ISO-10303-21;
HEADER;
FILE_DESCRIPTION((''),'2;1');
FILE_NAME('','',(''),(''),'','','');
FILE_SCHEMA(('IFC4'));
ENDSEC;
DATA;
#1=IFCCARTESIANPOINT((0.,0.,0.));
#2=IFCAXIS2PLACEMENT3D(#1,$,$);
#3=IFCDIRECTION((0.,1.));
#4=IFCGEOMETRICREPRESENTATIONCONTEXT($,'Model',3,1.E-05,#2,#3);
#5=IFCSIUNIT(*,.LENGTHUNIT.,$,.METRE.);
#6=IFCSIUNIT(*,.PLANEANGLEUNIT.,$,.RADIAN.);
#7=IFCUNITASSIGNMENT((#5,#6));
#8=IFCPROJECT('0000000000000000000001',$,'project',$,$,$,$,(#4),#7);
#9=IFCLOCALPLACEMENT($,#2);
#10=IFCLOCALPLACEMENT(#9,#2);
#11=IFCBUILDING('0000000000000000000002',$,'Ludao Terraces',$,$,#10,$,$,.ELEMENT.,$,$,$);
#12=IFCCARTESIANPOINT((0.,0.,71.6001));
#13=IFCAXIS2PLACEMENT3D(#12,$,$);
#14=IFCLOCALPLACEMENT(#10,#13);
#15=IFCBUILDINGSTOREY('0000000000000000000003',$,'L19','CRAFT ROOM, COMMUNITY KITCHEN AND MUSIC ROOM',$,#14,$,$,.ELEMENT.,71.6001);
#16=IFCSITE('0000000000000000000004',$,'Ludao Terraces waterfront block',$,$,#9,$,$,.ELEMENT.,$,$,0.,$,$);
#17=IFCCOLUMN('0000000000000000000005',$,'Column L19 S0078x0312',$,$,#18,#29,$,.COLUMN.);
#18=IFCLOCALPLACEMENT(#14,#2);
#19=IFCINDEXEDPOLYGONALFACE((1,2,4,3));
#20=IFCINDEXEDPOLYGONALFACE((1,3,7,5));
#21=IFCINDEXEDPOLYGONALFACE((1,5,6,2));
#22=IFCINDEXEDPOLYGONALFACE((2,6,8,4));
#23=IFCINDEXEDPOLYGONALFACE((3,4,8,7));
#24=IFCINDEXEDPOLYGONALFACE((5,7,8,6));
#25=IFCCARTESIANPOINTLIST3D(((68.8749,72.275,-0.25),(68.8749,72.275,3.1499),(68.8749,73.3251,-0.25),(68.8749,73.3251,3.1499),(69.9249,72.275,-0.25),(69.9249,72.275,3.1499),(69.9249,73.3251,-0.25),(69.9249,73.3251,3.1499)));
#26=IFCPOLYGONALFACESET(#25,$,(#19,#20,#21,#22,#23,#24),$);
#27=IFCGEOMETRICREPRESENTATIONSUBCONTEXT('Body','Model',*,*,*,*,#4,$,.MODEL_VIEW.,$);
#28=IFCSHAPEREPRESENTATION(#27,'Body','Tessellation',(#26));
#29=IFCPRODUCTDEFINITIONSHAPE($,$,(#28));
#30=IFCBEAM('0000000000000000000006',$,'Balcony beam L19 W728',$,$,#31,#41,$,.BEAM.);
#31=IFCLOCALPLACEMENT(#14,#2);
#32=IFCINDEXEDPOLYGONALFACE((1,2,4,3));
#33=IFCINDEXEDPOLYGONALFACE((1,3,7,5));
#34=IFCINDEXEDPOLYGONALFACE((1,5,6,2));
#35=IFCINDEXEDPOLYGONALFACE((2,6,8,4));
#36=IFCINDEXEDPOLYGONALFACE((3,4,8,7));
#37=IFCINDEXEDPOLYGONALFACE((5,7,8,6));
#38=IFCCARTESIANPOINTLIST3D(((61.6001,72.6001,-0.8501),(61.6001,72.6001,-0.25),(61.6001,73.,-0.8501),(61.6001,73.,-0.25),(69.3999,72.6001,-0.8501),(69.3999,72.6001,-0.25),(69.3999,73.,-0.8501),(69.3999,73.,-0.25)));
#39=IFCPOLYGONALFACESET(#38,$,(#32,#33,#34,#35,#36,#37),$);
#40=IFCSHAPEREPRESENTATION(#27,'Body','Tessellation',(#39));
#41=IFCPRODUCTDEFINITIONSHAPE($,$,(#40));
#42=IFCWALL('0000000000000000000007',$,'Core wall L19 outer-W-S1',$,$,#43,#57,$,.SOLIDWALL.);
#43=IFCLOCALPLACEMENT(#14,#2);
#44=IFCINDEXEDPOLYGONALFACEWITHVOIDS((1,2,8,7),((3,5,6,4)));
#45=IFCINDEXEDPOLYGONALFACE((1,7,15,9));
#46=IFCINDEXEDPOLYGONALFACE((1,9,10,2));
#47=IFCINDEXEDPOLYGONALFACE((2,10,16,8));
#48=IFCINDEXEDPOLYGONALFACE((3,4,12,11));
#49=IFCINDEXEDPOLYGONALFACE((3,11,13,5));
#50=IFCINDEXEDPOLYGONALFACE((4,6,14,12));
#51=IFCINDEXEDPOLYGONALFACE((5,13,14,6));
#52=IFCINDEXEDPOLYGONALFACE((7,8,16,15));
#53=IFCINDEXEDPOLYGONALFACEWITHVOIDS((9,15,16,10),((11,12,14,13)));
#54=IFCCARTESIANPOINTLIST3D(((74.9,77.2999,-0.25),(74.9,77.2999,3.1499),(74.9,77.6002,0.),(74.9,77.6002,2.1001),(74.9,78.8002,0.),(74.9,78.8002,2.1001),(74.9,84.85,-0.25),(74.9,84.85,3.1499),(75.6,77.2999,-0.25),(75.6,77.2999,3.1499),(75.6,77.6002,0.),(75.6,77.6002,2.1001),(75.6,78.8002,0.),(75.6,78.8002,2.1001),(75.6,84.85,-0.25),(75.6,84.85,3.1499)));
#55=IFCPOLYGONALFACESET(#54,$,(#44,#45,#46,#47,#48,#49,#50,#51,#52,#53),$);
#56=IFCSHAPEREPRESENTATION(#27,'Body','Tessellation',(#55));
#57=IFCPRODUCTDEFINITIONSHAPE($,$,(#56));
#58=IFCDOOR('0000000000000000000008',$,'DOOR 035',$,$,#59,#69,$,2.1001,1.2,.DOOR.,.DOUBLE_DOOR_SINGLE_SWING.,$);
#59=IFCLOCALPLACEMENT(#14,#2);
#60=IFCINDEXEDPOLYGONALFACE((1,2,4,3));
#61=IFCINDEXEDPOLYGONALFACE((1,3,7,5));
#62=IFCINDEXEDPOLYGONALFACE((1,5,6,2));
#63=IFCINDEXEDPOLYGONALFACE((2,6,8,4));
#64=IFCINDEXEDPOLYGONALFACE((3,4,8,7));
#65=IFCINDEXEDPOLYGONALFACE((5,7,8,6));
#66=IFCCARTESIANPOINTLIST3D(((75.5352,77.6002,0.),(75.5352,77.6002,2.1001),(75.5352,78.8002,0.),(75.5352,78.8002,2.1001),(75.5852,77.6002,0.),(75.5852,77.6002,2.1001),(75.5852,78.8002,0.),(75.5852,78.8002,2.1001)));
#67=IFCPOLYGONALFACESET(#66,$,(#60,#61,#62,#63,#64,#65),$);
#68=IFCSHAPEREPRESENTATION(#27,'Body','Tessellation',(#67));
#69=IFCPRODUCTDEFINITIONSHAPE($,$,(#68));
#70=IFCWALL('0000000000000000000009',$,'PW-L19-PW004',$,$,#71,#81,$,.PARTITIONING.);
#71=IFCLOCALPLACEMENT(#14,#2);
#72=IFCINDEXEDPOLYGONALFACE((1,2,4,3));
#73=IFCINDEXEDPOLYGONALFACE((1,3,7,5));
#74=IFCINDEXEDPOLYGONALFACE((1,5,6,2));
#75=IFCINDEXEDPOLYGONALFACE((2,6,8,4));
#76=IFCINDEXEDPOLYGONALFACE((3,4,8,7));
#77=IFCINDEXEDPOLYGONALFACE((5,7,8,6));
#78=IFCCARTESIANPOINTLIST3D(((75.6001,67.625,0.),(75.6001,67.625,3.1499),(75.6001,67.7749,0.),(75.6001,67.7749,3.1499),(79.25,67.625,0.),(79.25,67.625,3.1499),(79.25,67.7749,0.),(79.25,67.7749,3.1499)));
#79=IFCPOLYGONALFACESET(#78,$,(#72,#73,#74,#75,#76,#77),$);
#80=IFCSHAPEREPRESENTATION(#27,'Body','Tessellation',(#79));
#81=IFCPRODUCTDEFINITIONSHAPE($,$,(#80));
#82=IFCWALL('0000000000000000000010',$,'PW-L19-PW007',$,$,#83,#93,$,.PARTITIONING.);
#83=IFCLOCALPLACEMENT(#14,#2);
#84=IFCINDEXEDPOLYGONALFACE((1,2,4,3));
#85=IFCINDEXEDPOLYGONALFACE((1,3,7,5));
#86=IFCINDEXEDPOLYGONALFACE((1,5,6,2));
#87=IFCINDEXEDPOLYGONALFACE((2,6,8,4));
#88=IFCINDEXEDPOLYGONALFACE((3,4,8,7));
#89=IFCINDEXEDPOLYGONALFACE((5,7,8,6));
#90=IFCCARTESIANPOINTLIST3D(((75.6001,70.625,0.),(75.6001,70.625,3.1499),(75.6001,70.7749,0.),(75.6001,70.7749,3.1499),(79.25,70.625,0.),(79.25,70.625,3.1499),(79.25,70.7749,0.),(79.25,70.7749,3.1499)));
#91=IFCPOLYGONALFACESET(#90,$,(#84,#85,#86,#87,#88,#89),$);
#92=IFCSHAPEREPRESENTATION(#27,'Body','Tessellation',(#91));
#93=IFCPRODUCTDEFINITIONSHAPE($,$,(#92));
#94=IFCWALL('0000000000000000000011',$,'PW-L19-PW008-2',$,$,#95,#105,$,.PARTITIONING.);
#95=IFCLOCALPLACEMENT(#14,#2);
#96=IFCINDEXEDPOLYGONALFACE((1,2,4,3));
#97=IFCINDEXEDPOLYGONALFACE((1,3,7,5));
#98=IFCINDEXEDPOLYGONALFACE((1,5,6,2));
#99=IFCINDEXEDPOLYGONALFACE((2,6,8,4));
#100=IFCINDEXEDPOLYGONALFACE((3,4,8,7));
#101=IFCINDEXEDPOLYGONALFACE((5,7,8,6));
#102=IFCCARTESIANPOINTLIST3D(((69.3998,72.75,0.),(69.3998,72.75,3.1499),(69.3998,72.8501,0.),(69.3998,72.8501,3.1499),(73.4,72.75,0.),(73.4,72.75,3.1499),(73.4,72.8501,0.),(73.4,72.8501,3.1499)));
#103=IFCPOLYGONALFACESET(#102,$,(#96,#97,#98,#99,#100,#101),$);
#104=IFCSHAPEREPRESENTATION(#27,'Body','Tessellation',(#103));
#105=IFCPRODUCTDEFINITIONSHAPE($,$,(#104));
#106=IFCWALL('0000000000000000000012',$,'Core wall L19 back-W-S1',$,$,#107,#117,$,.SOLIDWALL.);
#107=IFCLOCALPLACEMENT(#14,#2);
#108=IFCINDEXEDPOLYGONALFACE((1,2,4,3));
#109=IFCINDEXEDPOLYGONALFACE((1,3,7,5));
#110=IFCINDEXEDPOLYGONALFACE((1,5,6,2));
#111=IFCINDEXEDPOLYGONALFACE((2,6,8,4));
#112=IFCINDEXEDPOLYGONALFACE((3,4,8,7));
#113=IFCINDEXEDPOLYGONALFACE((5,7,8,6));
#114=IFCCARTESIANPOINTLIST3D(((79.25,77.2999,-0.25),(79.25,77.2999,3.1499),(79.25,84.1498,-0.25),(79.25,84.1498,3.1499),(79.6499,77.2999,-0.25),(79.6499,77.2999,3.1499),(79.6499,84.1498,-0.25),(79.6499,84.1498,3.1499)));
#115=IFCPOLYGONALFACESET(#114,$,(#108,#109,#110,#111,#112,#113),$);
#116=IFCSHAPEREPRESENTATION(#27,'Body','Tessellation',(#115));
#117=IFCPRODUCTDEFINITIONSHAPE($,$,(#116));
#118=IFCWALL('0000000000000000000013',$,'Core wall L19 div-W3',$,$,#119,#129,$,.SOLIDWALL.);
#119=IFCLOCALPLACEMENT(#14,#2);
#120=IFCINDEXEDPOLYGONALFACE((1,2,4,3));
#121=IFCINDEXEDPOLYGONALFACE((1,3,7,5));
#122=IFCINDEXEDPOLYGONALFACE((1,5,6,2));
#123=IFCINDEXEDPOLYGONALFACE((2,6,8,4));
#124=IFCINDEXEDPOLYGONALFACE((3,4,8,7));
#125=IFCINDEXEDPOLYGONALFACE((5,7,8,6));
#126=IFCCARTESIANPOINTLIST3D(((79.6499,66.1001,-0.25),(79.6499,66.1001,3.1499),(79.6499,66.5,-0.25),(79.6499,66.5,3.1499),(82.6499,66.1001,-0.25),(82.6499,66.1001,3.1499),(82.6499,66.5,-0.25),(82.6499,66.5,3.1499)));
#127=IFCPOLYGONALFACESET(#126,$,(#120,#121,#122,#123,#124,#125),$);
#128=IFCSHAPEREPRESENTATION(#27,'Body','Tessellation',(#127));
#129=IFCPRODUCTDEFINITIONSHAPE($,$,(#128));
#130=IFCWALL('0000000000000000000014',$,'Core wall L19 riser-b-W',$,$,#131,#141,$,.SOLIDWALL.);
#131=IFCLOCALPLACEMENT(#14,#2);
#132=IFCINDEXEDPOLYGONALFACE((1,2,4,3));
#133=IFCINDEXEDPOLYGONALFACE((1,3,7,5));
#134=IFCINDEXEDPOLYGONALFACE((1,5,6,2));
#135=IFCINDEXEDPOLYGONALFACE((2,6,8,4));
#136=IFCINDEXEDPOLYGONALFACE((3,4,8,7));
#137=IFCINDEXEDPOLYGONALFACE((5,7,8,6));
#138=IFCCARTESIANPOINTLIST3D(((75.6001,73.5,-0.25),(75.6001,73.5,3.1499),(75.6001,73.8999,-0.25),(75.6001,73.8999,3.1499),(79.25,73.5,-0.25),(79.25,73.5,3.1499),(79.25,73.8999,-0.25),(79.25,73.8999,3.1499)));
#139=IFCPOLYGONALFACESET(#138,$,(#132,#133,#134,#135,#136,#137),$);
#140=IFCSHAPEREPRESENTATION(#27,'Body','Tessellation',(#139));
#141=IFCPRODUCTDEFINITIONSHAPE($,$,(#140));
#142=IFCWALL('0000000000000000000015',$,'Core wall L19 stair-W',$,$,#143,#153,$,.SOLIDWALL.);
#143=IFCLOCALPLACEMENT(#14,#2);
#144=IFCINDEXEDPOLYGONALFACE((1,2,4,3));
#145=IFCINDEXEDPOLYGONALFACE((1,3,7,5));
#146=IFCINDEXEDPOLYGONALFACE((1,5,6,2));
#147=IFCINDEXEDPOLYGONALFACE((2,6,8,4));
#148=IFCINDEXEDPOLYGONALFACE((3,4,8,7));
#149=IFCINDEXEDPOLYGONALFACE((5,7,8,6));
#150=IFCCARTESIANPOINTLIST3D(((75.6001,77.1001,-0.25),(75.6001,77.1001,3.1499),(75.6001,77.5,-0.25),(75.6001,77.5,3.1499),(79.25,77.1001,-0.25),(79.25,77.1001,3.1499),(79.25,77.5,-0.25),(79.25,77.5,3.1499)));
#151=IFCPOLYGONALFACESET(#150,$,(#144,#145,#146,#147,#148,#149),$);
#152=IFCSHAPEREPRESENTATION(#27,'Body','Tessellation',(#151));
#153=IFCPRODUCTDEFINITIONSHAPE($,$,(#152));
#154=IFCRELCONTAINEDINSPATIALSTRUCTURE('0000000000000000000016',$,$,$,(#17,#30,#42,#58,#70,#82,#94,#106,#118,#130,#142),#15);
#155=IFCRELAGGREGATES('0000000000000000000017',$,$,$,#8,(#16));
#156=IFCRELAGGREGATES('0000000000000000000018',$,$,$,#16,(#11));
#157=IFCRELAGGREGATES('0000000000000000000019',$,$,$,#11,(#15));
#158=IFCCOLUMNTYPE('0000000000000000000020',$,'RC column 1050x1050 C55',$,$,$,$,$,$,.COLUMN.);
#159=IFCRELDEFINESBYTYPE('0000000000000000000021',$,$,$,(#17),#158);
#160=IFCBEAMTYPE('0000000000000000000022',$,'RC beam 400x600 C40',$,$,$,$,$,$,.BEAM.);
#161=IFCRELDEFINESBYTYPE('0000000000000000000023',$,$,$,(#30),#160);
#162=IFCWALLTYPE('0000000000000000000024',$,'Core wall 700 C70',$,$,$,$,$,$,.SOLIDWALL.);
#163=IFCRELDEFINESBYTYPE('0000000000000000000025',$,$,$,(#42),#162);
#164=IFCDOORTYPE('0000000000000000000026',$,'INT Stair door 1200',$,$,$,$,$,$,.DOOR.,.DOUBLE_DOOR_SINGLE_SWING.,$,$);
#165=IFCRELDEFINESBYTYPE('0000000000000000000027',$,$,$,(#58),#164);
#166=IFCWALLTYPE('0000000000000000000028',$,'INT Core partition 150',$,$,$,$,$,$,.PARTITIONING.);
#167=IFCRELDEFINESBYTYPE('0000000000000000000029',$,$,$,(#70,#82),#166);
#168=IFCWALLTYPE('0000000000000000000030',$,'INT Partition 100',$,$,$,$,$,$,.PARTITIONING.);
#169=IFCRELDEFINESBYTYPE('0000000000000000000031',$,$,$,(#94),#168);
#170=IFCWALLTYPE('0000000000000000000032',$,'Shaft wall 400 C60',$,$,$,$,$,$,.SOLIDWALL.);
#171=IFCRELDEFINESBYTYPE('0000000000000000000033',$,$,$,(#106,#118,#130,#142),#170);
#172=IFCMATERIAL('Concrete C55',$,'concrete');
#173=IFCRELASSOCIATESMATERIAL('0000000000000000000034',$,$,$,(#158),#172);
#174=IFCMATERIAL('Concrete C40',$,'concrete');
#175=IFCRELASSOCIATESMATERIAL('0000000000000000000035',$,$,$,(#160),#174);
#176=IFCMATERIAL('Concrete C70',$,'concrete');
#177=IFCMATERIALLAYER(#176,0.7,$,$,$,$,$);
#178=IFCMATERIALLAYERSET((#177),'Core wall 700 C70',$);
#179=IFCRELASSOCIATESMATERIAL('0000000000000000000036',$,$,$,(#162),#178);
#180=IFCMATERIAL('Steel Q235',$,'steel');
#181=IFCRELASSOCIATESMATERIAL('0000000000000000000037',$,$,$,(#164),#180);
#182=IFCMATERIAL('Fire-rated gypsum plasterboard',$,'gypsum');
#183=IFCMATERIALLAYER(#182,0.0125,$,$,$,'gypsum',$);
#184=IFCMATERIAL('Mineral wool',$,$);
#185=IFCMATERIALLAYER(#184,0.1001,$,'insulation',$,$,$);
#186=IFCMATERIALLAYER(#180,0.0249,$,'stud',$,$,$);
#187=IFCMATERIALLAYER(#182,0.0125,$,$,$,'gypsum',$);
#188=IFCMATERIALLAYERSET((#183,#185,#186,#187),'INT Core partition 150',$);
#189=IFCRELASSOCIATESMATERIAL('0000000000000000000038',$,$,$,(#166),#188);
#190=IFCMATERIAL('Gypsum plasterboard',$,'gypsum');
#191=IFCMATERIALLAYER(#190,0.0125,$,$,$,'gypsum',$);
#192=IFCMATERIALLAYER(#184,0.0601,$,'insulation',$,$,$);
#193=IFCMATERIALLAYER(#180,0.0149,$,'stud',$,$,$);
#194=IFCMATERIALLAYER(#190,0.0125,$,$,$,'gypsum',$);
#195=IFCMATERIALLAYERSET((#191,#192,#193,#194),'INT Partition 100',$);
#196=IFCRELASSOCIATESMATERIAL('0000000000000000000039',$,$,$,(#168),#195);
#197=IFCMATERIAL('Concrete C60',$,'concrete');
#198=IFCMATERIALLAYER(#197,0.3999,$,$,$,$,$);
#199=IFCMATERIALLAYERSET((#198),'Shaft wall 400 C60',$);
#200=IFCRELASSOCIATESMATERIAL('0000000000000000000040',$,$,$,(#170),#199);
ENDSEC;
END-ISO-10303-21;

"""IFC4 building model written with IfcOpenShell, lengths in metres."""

from ifc_helpers import new_model, si_unit, direction, frame, frame_2d, origin, origin_2d, place, context, subcontext, project, spatial, rectangle, extrude, material, layer, layer_set, material_profile, profile_set, type_object, element, fill, save


model = new_model("IFC4")

# Units and contexts
model_context = context("Model", 3, precision=1e-05, world=origin(), true_north=direction((0.0, 1.0)))
body_context = subcontext(model_context, "Body", "Model", "MODEL_VIEW")
ifc_project = project(units=[si_unit("LENGTHUNIT", "METRE"), si_unit("PLANEANGLEUNIT", "RADIAN")], contexts=[model_context])

# Site, building, storey
site_placement = place(None, origin())
site = spatial("IfcSite", under=ifc_project, at=site_placement, Name="Ludao Terraces waterfront block", CompositionType="ELEMENT", RefElevation=0.0)
building_placement = place(site_placement, origin())
building = spatial("IfcBuilding", under=site, at=building_placement, Name="Ludao Terraces", CompositionType="ELEMENT")
storey_placement = place(building_placement, frame((0.0, 0.0, 71.6001)))
storey = spatial("IfcBuildingStorey", under=building, at=storey_placement, Name="L19", Description="CRAFT ROOM, COMMUNITY KITCHEN AND MUSIC ROOM", CompositionType="ELEMENT", Elevation=71.6001)

# Column
ifc_material_1 = material(Name="Concrete C55", Category="concrete")
ifc_material_profile_1 = material_profile(ifc_material_1, rectangle(XDim=1.05, YDim=1.05, at=origin_2d()), Name="1050 X 1050")
ifc_profile_set_1 = profile_set([ifc_material_profile_1], Name="Concrete C55")
column_type = type_object("IfcColumnType", Name="RC column 1050x1050 C55", PredefinedType="COLUMN", material=ifc_profile_set_1)
column_placement = place(storey_placement, frame((69.3999, 72.8, -0.25), z_axis=(0.0, 0.0, 1.0), x_axis=(1.0, 0.0, 0.0)))
element("IfcColumn", 1, at=column_placement, inside=storey, type_object=column_type, Name="Column L19 S0078x0312", PredefinedType="COLUMN", context=body_context, shape_type="SweptSolid", body=[
    extrude(rectangle(XDim=1.05, YDim=1.05, at=origin_2d()), origin(), (0.0, 0.0, 1.0), 3.3999),
])

# Beam
ifc_material_2 = material(Name="Concrete C40", Category="concrete")
ifc_material_profile_2 = material_profile(ifc_material_2, rectangle(XDim=0.3999, YDim=0.6001, at=origin_2d()), Name="400 X 600")
ifc_profile_set_2 = profile_set([ifc_material_profile_2], Name="Concrete C40")
beam_type = type_object("IfcBeamType", Name="RC beam 400x600 C40", PredefinedType="BEAM", material=ifc_profile_set_2)
beam_placement = place(storey_placement, frame((69.3999, 72.8, -0.55), z_axis=(-1.0, 0.0, 0.0), x_axis=(0.0, -1.0, 0.0)))
element("IfcBeam", 2, at=beam_placement, inside=storey, type_object=beam_type, Name="Balcony beam L19 W728", PredefinedType="BEAM", context=body_context, shape_type="SweptSolid", body=[
    extrude(rectangle(XDim=0.3999, YDim=0.6001, at=origin_2d()), origin(), (0.0, 0.0, 1.0), 7.7998),
])

# Wall, opening, door
ifc_material_3 = material(Name="Concrete C70", Category="concrete")
ifc_layer_1 = layer(ifc_material_3, 0.7)
ifc_layer_set_1 = layer_set([ifc_layer_1], Name="Core wall 700 C70")
wall_type_1 = type_object("IfcWallType", Name="Core wall 700 C70", PredefinedType="SOLIDWALL", material=ifc_layer_set_1)
wall_1_placement = place(storey_placement, frame((75.25, 77.3, -0.25), z_axis=(0.0, 0.0, 1.0), x_axis=(0.0, 1.0, 0.0)))
wall_1 = element("IfcWall", 3, at=wall_1_placement, inside=storey, type_object=wall_type_1, Name="Core wall L19 outer-W-S1", PredefinedType="SOLIDWALL", context=body_context, shape_type="SweptSolid", body=[
    extrude(rectangle(XDim=7.55, YDim=0.7, at=frame_2d((3.7749, 0.0))), origin(), (0.0, 0.0, 1.0), 3.3999),
])
opening_placement = place(wall_1_placement, frame((0.3, 0.0, 0.25)))
opening = element("IfcOpeningElement", 4, at=opening_placement, cuts=wall_1, PredefinedType="OPENING", context=body_context, shape_type="SweptSolid", body=[
    extrude(rectangle(XDim=1.2, YDim=2.1001, at=frame_2d((0.6001, 1.05))), frame((0.0, 0.3599, 0.0), z_axis=(0.0, -1.0, 0.0), x_axis=(1.0, 0.0, 0.0)), (0.0, 0.0, 1.0), 0.72),
])
ifc_material_4 = material(Name="Steel Q235", Category="steel")
door_type = type_object("IfcDoorType", Name="INT Stair door 1200", OperationType="DOUBLE_DOOR_SINGLE_SWING", PredefinedType="DOOR", material=ifc_material_4)
door_placement = place(opening_placement, origin())
door = element("IfcDoor", 5, at=door_placement, inside=storey, type_object=door_type, Name="DOOR 035", OperationType="DOUBLE_DOOR_SINGLE_SWING", OverallHeight=2.1001, OverallWidth=1.2, PredefinedType="DOOR", context=body_context, shape_type="SweptSolid", body=[
    extrude(rectangle(XDim=1.2, YDim=2.1001, at=frame_2d((0.6001, 1.05))), frame((0.0, -0.2852, 0.0), z_axis=(0.0, -1.0, 0.0), x_axis=(1.0, 0.0, 0.0)), (0.0, 0.0, 1.0), 0.05),
])
fill(opening, door)

# Walls
ifc_material_5 = material(Name="Fire-rated gypsum plasterboard", Category="gypsum")
ifc_layer_2 = layer(ifc_material_5, 0.0125, Category="gypsum")
ifc_material_6 = material(Name="Mineral wool")
ifc_layer_3 = layer(ifc_material_6, 0.1001, Name="insulation")
ifc_layer_4 = layer(ifc_material_4, 0.0249, Name="stud")
ifc_layer_5 = layer(ifc_material_5, 0.0125, Category="gypsum")
ifc_layer_set_2 = layer_set([ifc_layer_2, ifc_layer_3, ifc_layer_4, ifc_layer_5], Name="INT Core partition 150")
wall_type_2 = type_object("IfcWallType", Name="INT Core partition 150", PredefinedType="PARTITIONING", material=ifc_layer_set_2)
for number, where, z_axis, x_axis, name in (
    (6, (75.6001, 67.7, 0.0), (0.0, 0.0, 1.0), (1.0, 0.0, 0.0), "PW-L19-PW004"),
    (7, (75.6001, 70.7, 0.0), (0.0, 0.0, 1.0), (1.0, 0.0, 0.0), "PW-L19-PW007"),
):
    element("IfcWall", number, at=place(storey_placement, frame(where, z_axis=z_axis, x_axis=x_axis)), inside=storey, type_object=wall_type_2, Name=name, PredefinedType="PARTITIONING", context=body_context, shape_type="SweptSolid", body=[
        extrude(rectangle(XDim=3.6499, YDim=0.1499, at=frame_2d((1.825, 0.0))), origin(), (0.0, 0.0, 1.0), 3.1499),
    ])
ifc_material_7 = material(Name="Gypsum plasterboard", Category="gypsum")
ifc_layer_6 = layer(ifc_material_7, 0.0125, Category="gypsum")
ifc_layer_7 = layer(ifc_material_6, 0.0601, Name="insulation")
ifc_layer_8 = layer(ifc_material_4, 0.0149, Name="stud")
ifc_layer_9 = layer(ifc_material_7, 0.0125, Category="gypsum")
ifc_layer_set_3 = layer_set([ifc_layer_6, ifc_layer_7, ifc_layer_8, ifc_layer_9], Name="INT Partition 100")
wall_type_3 = type_object("IfcWallType", Name="INT Partition 100", PredefinedType="PARTITIONING", material=ifc_layer_set_3)
wall_2_placement = place(storey_placement, frame((69.3999, 72.8, 0.0), z_axis=(0.0, 0.0, 1.0), x_axis=(1.0, 0.0, 0.0)))
element("IfcWall", 8, at=wall_2_placement, inside=storey, type_object=wall_type_3, Name="PW-L19-PW008-2", PredefinedType="PARTITIONING", context=body_context, shape_type="SweptSolid", body=[
    extrude(rectangle(XDim=4.0002, YDim=0.1001, at=frame_2d((2.0, 0.0))), origin(), (0.0, 0.0, 1.0), 3.1499),
])
ifc_material_8 = material(Name="Concrete C60", Category="concrete")
ifc_layer_10 = layer(ifc_material_8, 0.3999)
ifc_layer_set_4 = layer_set([ifc_layer_10], Name="Shaft wall 400 C60")
wall_type_4 = type_object("IfcWallType", Name="Shaft wall 400 C60", PredefinedType="SOLIDWALL", material=ifc_layer_set_4)
wall_3_placement = place(storey_placement, frame((79.45, 77.3, -0.25), z_axis=(0.0, 0.0, 1.0), x_axis=(0.0, 1.0, 0.0)))
element("IfcWall", 9, at=wall_3_placement, inside=storey, type_object=wall_type_4, Name="Core wall L19 back-W-S1", PredefinedType="SOLIDWALL", context=body_context, shape_type="SweptSolid", body=[
    extrude(rectangle(XDim=6.8499, YDim=0.3999, at=frame_2d((3.4248, 0.0))), origin(), (0.0, 0.0, 1.0), 3.3999),
])
wall_4_placement = place(storey_placement, frame((79.6499, 66.3, -0.25), z_axis=(0.0, 0.0, 1.0), x_axis=(1.0, 0.0, 0.0)))
element("IfcWall", 10, at=wall_4_placement, inside=storey, type_object=wall_type_4, Name="Core wall L19 div-W3", PredefinedType="SOLIDWALL", context=body_context, shape_type="SweptSolid", body=[
    extrude(rectangle(XDim=3.0, YDim=0.3999, at=frame_2d((1.5, 0.0))), origin(), (0.0, 0.0, 1.0), 3.3999),
])
for number, where, z_axis, x_axis, name in (
    (11, (75.6001, 73.7, -0.25), (0.0, 0.0, 1.0), (1.0, 0.0, 0.0), "Core wall L19 riser-b-W"),
    (12, (75.6001, 77.3, -0.25), (0.0, 0.0, 1.0), (1.0, 0.0, 0.0), "Core wall L19 stair-W"),
):
    element("IfcWall", number, at=place(storey_placement, frame(where, z_axis=z_axis, x_axis=x_axis)), inside=storey, type_object=wall_type_4, Name=name, PredefinedType="SOLIDWALL", context=body_context, shape_type="SweptSolid", body=[
        extrude(rectangle(XDim=3.6499, YDim=0.3999, at=frame_2d((1.825, 0.0))), origin(), (0.0, 0.0, 1.0), 3.3999),
    ])

save(model, "model.ifc")
